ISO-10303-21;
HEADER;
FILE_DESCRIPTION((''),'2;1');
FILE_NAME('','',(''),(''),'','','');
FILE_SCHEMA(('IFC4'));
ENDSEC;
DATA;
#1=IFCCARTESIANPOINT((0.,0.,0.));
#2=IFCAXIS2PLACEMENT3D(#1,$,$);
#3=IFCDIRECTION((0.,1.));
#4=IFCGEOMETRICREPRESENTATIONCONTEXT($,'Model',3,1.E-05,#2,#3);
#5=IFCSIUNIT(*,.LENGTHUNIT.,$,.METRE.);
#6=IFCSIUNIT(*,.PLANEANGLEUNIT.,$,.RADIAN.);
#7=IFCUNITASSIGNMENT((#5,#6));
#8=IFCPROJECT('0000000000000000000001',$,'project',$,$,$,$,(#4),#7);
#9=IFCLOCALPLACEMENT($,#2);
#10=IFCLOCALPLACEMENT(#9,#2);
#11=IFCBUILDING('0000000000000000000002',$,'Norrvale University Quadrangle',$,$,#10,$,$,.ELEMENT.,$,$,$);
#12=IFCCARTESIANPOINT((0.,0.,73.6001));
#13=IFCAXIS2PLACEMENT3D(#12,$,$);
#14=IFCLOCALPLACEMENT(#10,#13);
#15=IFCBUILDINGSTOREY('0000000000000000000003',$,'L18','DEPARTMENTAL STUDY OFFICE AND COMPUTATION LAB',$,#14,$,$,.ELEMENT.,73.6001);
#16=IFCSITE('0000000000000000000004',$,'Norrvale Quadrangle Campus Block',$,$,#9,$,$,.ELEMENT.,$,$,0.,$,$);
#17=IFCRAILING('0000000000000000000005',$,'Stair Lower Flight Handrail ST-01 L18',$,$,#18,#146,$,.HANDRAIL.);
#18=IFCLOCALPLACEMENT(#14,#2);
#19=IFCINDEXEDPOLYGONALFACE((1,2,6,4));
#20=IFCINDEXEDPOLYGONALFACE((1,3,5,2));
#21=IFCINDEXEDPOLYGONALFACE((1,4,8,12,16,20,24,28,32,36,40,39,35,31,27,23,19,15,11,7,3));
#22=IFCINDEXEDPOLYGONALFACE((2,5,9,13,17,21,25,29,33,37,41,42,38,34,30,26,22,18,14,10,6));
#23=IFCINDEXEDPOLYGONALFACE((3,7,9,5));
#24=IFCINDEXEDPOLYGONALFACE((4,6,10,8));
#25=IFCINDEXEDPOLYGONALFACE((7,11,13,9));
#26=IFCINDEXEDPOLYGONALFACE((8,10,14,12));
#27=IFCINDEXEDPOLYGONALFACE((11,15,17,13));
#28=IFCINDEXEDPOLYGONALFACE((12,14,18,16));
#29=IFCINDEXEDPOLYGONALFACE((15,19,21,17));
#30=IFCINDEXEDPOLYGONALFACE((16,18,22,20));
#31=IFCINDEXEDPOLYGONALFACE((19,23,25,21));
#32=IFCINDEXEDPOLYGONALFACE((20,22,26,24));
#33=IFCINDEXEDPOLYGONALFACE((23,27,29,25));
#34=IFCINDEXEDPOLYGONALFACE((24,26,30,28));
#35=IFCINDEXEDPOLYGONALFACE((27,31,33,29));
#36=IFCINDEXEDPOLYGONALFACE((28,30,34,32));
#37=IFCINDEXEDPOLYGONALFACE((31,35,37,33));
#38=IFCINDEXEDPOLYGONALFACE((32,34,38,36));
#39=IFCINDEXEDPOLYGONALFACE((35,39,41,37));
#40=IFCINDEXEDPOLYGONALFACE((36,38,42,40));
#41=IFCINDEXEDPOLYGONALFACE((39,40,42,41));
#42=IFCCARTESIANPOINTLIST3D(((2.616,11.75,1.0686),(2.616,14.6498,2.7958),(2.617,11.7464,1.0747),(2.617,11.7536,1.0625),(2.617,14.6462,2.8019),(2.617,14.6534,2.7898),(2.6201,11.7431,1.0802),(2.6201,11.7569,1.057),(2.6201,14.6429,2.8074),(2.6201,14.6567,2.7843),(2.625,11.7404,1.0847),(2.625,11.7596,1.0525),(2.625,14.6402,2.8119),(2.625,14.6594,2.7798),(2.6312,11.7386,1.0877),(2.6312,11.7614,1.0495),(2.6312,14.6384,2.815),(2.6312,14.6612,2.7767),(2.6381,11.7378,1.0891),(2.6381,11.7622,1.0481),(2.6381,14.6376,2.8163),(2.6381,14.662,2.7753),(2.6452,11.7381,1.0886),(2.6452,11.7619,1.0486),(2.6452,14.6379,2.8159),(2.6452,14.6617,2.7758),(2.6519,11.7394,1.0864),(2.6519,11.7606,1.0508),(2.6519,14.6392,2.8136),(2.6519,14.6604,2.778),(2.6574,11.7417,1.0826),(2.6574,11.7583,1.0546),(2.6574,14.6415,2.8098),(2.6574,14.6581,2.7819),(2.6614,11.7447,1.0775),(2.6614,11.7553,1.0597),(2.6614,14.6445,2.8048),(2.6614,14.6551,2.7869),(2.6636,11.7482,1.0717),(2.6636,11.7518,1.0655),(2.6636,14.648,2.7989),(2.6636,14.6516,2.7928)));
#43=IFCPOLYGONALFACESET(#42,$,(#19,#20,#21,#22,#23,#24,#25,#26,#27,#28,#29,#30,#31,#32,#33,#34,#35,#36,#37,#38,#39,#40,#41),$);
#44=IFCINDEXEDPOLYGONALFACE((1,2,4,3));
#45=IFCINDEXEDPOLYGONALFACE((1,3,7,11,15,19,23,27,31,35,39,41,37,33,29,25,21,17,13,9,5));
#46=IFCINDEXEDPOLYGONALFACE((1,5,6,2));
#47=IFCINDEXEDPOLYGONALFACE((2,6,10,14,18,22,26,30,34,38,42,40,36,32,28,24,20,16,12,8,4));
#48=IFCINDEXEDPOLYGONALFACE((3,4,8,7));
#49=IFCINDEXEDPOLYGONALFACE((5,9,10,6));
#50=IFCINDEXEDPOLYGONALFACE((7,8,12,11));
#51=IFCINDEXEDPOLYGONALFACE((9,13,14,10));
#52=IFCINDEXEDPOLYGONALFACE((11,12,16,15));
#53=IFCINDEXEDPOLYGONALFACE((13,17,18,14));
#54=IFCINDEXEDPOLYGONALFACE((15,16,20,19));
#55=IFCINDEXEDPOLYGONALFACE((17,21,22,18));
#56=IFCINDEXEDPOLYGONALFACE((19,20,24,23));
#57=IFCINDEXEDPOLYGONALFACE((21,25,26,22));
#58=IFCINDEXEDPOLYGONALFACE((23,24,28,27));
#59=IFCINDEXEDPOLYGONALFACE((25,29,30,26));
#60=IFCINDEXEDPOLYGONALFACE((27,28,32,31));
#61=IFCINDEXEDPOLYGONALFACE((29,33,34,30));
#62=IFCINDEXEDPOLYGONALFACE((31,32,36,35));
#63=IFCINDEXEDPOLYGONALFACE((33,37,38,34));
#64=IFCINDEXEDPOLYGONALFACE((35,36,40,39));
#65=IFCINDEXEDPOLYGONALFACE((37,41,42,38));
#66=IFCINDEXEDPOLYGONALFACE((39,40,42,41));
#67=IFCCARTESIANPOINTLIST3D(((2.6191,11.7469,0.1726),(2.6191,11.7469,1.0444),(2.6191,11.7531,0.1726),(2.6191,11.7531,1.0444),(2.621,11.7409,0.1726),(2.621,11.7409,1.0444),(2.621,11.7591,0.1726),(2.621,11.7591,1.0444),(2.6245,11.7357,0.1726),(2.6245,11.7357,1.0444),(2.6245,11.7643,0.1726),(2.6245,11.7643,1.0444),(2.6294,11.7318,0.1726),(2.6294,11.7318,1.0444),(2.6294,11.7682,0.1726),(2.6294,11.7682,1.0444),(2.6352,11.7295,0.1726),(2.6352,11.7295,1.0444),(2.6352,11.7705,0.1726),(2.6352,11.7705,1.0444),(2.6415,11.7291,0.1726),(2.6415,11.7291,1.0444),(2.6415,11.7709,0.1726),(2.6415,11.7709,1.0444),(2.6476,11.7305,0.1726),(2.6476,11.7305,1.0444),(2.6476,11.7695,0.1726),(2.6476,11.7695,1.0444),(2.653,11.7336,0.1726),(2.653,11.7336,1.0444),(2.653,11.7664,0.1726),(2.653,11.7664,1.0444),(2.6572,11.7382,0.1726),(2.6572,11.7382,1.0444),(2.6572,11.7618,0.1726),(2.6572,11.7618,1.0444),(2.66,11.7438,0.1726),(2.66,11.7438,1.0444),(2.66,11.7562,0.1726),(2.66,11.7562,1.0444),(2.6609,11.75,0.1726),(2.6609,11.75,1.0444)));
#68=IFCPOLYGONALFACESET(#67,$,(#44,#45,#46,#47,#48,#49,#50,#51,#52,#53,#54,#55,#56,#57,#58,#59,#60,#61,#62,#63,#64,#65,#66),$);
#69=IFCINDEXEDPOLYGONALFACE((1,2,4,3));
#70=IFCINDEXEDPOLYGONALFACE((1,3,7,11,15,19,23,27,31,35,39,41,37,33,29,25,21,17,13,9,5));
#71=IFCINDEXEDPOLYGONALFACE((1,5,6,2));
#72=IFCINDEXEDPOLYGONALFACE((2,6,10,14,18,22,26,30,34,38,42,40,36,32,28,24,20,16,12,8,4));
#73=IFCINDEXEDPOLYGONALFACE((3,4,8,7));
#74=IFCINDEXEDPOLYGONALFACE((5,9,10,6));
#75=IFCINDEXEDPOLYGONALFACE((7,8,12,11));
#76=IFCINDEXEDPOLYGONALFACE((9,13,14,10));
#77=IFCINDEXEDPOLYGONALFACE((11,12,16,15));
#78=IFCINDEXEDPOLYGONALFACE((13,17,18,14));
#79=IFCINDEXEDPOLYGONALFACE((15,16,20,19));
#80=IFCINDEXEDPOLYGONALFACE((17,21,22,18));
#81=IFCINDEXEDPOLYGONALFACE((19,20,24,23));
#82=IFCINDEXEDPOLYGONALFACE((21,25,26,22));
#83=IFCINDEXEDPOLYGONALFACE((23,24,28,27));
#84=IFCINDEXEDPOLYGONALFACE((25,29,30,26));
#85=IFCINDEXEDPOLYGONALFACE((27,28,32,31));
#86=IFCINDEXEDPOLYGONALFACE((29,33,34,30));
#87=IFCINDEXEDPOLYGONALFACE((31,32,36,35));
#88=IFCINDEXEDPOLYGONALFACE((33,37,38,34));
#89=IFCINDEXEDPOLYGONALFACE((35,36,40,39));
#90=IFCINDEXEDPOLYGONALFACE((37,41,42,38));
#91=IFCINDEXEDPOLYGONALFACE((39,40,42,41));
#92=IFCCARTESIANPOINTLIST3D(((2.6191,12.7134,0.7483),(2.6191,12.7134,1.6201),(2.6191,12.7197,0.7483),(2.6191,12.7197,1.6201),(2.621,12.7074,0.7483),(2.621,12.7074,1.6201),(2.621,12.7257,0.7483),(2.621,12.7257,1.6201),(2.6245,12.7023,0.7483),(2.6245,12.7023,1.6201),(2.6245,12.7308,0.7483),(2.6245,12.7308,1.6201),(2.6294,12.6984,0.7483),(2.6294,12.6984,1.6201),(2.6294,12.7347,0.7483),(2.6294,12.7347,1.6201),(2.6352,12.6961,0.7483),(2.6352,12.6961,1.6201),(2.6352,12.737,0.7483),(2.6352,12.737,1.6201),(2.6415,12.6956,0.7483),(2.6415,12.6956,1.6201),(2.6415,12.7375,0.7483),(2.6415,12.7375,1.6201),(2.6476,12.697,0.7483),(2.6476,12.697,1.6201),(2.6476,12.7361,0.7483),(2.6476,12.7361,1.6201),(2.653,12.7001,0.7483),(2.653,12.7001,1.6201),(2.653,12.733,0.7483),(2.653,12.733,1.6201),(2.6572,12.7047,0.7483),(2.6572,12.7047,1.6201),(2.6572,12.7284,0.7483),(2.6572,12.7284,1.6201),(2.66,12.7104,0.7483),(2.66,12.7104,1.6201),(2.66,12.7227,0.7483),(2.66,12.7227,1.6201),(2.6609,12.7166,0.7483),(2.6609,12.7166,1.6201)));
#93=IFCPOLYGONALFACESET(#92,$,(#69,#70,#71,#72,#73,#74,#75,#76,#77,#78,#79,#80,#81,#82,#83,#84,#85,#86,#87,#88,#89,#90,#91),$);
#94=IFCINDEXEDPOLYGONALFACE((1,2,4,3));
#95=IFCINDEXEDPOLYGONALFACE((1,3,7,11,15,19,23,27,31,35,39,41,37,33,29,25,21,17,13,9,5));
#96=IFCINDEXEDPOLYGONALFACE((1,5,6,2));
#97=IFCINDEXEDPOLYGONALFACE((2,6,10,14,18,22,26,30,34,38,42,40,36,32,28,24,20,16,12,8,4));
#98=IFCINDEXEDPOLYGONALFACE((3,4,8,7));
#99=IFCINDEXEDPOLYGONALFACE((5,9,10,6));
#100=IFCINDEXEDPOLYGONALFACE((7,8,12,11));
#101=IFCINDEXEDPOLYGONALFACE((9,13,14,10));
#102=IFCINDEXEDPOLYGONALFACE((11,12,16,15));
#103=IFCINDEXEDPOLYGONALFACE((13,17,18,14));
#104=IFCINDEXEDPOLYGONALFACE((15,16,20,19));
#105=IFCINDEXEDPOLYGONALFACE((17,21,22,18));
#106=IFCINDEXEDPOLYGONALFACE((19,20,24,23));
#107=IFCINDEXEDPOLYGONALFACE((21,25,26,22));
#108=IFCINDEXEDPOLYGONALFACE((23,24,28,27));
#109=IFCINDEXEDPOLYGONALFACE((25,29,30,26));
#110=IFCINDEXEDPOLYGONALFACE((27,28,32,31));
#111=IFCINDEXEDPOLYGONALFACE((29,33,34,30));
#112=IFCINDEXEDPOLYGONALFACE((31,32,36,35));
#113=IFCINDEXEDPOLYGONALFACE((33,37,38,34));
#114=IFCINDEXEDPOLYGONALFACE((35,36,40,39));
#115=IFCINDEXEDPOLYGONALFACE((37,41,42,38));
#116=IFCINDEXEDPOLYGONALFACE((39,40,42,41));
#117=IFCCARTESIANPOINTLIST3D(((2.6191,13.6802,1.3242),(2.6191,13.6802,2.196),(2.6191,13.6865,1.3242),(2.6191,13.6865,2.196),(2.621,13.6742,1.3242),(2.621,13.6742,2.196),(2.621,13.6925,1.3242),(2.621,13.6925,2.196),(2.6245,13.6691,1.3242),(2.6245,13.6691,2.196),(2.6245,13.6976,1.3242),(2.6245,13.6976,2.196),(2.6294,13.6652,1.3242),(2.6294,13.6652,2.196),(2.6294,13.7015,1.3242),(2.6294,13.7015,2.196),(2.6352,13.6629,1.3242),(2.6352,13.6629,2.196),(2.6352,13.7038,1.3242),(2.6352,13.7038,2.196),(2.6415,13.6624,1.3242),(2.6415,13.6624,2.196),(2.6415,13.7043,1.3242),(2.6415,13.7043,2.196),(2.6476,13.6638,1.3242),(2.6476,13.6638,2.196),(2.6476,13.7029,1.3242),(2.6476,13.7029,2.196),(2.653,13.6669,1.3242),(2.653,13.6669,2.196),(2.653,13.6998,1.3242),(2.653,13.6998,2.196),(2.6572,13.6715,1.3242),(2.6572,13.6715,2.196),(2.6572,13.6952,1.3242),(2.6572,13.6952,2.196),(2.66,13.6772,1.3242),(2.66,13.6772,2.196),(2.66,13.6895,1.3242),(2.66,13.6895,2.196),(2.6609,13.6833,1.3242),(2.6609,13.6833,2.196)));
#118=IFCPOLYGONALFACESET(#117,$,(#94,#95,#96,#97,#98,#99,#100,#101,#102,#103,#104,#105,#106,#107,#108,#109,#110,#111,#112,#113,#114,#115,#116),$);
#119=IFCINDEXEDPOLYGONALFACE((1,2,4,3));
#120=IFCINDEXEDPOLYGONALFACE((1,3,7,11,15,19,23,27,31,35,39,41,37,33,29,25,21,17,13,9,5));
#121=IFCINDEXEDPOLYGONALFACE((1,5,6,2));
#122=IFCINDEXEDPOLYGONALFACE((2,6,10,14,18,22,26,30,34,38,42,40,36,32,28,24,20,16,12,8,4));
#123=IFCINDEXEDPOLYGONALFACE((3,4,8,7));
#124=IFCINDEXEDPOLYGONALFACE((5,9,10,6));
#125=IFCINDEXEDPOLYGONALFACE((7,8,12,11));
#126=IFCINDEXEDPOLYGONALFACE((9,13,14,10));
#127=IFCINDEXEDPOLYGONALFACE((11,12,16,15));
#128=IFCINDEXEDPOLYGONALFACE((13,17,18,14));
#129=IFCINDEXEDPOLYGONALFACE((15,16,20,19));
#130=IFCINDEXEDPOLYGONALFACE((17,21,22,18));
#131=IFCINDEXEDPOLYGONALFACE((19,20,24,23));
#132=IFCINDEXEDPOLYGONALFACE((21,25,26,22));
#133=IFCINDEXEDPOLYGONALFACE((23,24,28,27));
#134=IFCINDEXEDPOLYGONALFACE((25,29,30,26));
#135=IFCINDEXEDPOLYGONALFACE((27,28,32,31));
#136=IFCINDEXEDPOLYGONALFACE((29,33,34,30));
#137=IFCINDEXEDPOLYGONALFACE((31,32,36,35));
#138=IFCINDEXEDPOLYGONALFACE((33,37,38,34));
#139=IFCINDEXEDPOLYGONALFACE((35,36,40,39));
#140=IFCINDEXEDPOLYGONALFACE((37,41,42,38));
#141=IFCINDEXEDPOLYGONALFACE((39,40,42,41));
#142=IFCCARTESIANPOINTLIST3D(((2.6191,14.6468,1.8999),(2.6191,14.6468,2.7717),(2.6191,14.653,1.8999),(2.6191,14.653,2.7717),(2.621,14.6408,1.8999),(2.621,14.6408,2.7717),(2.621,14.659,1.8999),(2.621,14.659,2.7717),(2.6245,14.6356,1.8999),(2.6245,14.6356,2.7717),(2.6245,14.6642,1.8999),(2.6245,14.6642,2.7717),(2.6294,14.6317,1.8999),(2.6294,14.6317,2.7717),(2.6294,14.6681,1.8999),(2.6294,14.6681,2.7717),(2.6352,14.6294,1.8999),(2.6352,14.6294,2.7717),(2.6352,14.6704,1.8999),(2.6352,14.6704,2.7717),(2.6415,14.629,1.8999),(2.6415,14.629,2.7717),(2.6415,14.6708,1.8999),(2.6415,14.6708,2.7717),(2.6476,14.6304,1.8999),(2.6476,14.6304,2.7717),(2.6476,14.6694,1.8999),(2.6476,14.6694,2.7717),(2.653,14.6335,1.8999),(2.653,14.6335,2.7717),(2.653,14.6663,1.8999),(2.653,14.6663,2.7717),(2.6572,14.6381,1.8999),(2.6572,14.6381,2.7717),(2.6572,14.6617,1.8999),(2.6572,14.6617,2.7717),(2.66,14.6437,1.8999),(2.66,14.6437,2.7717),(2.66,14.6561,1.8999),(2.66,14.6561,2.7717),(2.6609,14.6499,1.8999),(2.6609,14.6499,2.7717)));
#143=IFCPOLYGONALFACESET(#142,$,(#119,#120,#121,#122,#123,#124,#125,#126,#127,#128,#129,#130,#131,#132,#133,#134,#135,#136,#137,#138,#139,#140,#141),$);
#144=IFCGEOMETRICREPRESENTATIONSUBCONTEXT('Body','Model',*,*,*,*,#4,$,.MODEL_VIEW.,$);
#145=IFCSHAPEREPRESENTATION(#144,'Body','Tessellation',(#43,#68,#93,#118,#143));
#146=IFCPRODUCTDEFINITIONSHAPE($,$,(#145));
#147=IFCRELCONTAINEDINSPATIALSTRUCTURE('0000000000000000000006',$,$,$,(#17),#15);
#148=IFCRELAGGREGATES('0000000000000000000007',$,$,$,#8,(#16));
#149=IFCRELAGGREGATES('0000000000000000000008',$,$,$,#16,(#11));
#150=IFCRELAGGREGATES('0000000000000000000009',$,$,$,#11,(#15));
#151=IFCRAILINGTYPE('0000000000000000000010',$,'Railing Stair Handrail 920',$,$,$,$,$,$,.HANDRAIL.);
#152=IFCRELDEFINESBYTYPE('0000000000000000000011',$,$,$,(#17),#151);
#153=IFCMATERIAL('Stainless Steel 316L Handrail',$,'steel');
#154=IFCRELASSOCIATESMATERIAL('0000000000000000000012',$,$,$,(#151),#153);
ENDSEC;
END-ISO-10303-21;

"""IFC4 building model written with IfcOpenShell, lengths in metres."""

from ifc_helpers import new_model, si_unit, direction, frame, origin, origin_2d, place, context, subcontext, project, spatial, circle, extrude, material, type_object, element, save


model = new_model("IFC4")

# Units and contexts
model_context = context("Model", 3, precision=1e-05, world=origin(), true_north=direction((0.0, 1.0)))
body_context = subcontext(model_context, "Body", "Model", "MODEL_VIEW")
ifc_project = project(units=[si_unit("LENGTHUNIT", "METRE"), si_unit("PLANEANGLEUNIT", "RADIAN")], contexts=[model_context])

# Site, building, storey
site_placement = place(None, origin())
site = spatial("IfcSite", under=ifc_project, at=site_placement, Name="Norrvale Quadrangle Campus Block", CompositionType="ELEMENT", RefElevation=0.0)
building_placement = place(site_placement, origin())
building = spatial("IfcBuilding", under=site, at=building_placement, Name="Norrvale University Quadrangle", CompositionType="ELEMENT")
storey_placement = place(building_placement, frame((0.0, 0.0, 73.6001)))
storey = spatial("IfcBuildingStorey", under=building, at=storey_placement, Name="L18", Description="DEPARTMENTAL STUDY OFFICE AND COMPUTATION LAB", CompositionType="ELEMENT", Elevation=73.6001)

# Railing
ifc_material_1 = material(Name="Stainless Steel 316L Handrail", Category="steel")
railing_type_1 = type_object("IfcRailingType", Name="Railing Stair Handrail 920", PredefinedType="HANDRAIL", material=ifc_material_1)
railing_1_placement = place(storey_placement, frame((2.6399, 11.75, 0.1726)))
element("IfcRailing", 1, at=railing_1_placement, inside=storey, type_object=railing_type_1, Name="Stair Lower Flight Handrail ST-01 L18", PredefinedType="HANDRAIL", context=body_context, shape_type="SweptSolid", body=[
    extrude(circle(Radius=0.0239, at=origin_2d()), frame((0.0, 0.0, 0.896), z_axis=(0.0, 0.859141, 0.511738), x_axis=(-1.0, 0.0, 0.0)), (0.0, 0.0, 1.0), 3.3752),
    extrude(circle(Radius=0.021, at=origin_2d()), origin(), (0.0, 0.0, 1.0), 0.8718),
    extrude(circle(Radius=0.021, at=origin_2d()), frame((0.0, 0.9666, 0.5757)), (0.0, 0.0, 1.0), 0.8718),
    extrude(circle(Radius=0.021, at=origin_2d()), frame((0.0, 1.9333, 1.1516)), (0.0, 0.0, 1.0), 0.8718),
    extrude(circle(Radius=0.021, at=origin_2d()), frame((0.0, 2.8999, 1.7273)), (0.0, 0.0, 1.0), 0.8718),
])

save(model, "model.ifc")
